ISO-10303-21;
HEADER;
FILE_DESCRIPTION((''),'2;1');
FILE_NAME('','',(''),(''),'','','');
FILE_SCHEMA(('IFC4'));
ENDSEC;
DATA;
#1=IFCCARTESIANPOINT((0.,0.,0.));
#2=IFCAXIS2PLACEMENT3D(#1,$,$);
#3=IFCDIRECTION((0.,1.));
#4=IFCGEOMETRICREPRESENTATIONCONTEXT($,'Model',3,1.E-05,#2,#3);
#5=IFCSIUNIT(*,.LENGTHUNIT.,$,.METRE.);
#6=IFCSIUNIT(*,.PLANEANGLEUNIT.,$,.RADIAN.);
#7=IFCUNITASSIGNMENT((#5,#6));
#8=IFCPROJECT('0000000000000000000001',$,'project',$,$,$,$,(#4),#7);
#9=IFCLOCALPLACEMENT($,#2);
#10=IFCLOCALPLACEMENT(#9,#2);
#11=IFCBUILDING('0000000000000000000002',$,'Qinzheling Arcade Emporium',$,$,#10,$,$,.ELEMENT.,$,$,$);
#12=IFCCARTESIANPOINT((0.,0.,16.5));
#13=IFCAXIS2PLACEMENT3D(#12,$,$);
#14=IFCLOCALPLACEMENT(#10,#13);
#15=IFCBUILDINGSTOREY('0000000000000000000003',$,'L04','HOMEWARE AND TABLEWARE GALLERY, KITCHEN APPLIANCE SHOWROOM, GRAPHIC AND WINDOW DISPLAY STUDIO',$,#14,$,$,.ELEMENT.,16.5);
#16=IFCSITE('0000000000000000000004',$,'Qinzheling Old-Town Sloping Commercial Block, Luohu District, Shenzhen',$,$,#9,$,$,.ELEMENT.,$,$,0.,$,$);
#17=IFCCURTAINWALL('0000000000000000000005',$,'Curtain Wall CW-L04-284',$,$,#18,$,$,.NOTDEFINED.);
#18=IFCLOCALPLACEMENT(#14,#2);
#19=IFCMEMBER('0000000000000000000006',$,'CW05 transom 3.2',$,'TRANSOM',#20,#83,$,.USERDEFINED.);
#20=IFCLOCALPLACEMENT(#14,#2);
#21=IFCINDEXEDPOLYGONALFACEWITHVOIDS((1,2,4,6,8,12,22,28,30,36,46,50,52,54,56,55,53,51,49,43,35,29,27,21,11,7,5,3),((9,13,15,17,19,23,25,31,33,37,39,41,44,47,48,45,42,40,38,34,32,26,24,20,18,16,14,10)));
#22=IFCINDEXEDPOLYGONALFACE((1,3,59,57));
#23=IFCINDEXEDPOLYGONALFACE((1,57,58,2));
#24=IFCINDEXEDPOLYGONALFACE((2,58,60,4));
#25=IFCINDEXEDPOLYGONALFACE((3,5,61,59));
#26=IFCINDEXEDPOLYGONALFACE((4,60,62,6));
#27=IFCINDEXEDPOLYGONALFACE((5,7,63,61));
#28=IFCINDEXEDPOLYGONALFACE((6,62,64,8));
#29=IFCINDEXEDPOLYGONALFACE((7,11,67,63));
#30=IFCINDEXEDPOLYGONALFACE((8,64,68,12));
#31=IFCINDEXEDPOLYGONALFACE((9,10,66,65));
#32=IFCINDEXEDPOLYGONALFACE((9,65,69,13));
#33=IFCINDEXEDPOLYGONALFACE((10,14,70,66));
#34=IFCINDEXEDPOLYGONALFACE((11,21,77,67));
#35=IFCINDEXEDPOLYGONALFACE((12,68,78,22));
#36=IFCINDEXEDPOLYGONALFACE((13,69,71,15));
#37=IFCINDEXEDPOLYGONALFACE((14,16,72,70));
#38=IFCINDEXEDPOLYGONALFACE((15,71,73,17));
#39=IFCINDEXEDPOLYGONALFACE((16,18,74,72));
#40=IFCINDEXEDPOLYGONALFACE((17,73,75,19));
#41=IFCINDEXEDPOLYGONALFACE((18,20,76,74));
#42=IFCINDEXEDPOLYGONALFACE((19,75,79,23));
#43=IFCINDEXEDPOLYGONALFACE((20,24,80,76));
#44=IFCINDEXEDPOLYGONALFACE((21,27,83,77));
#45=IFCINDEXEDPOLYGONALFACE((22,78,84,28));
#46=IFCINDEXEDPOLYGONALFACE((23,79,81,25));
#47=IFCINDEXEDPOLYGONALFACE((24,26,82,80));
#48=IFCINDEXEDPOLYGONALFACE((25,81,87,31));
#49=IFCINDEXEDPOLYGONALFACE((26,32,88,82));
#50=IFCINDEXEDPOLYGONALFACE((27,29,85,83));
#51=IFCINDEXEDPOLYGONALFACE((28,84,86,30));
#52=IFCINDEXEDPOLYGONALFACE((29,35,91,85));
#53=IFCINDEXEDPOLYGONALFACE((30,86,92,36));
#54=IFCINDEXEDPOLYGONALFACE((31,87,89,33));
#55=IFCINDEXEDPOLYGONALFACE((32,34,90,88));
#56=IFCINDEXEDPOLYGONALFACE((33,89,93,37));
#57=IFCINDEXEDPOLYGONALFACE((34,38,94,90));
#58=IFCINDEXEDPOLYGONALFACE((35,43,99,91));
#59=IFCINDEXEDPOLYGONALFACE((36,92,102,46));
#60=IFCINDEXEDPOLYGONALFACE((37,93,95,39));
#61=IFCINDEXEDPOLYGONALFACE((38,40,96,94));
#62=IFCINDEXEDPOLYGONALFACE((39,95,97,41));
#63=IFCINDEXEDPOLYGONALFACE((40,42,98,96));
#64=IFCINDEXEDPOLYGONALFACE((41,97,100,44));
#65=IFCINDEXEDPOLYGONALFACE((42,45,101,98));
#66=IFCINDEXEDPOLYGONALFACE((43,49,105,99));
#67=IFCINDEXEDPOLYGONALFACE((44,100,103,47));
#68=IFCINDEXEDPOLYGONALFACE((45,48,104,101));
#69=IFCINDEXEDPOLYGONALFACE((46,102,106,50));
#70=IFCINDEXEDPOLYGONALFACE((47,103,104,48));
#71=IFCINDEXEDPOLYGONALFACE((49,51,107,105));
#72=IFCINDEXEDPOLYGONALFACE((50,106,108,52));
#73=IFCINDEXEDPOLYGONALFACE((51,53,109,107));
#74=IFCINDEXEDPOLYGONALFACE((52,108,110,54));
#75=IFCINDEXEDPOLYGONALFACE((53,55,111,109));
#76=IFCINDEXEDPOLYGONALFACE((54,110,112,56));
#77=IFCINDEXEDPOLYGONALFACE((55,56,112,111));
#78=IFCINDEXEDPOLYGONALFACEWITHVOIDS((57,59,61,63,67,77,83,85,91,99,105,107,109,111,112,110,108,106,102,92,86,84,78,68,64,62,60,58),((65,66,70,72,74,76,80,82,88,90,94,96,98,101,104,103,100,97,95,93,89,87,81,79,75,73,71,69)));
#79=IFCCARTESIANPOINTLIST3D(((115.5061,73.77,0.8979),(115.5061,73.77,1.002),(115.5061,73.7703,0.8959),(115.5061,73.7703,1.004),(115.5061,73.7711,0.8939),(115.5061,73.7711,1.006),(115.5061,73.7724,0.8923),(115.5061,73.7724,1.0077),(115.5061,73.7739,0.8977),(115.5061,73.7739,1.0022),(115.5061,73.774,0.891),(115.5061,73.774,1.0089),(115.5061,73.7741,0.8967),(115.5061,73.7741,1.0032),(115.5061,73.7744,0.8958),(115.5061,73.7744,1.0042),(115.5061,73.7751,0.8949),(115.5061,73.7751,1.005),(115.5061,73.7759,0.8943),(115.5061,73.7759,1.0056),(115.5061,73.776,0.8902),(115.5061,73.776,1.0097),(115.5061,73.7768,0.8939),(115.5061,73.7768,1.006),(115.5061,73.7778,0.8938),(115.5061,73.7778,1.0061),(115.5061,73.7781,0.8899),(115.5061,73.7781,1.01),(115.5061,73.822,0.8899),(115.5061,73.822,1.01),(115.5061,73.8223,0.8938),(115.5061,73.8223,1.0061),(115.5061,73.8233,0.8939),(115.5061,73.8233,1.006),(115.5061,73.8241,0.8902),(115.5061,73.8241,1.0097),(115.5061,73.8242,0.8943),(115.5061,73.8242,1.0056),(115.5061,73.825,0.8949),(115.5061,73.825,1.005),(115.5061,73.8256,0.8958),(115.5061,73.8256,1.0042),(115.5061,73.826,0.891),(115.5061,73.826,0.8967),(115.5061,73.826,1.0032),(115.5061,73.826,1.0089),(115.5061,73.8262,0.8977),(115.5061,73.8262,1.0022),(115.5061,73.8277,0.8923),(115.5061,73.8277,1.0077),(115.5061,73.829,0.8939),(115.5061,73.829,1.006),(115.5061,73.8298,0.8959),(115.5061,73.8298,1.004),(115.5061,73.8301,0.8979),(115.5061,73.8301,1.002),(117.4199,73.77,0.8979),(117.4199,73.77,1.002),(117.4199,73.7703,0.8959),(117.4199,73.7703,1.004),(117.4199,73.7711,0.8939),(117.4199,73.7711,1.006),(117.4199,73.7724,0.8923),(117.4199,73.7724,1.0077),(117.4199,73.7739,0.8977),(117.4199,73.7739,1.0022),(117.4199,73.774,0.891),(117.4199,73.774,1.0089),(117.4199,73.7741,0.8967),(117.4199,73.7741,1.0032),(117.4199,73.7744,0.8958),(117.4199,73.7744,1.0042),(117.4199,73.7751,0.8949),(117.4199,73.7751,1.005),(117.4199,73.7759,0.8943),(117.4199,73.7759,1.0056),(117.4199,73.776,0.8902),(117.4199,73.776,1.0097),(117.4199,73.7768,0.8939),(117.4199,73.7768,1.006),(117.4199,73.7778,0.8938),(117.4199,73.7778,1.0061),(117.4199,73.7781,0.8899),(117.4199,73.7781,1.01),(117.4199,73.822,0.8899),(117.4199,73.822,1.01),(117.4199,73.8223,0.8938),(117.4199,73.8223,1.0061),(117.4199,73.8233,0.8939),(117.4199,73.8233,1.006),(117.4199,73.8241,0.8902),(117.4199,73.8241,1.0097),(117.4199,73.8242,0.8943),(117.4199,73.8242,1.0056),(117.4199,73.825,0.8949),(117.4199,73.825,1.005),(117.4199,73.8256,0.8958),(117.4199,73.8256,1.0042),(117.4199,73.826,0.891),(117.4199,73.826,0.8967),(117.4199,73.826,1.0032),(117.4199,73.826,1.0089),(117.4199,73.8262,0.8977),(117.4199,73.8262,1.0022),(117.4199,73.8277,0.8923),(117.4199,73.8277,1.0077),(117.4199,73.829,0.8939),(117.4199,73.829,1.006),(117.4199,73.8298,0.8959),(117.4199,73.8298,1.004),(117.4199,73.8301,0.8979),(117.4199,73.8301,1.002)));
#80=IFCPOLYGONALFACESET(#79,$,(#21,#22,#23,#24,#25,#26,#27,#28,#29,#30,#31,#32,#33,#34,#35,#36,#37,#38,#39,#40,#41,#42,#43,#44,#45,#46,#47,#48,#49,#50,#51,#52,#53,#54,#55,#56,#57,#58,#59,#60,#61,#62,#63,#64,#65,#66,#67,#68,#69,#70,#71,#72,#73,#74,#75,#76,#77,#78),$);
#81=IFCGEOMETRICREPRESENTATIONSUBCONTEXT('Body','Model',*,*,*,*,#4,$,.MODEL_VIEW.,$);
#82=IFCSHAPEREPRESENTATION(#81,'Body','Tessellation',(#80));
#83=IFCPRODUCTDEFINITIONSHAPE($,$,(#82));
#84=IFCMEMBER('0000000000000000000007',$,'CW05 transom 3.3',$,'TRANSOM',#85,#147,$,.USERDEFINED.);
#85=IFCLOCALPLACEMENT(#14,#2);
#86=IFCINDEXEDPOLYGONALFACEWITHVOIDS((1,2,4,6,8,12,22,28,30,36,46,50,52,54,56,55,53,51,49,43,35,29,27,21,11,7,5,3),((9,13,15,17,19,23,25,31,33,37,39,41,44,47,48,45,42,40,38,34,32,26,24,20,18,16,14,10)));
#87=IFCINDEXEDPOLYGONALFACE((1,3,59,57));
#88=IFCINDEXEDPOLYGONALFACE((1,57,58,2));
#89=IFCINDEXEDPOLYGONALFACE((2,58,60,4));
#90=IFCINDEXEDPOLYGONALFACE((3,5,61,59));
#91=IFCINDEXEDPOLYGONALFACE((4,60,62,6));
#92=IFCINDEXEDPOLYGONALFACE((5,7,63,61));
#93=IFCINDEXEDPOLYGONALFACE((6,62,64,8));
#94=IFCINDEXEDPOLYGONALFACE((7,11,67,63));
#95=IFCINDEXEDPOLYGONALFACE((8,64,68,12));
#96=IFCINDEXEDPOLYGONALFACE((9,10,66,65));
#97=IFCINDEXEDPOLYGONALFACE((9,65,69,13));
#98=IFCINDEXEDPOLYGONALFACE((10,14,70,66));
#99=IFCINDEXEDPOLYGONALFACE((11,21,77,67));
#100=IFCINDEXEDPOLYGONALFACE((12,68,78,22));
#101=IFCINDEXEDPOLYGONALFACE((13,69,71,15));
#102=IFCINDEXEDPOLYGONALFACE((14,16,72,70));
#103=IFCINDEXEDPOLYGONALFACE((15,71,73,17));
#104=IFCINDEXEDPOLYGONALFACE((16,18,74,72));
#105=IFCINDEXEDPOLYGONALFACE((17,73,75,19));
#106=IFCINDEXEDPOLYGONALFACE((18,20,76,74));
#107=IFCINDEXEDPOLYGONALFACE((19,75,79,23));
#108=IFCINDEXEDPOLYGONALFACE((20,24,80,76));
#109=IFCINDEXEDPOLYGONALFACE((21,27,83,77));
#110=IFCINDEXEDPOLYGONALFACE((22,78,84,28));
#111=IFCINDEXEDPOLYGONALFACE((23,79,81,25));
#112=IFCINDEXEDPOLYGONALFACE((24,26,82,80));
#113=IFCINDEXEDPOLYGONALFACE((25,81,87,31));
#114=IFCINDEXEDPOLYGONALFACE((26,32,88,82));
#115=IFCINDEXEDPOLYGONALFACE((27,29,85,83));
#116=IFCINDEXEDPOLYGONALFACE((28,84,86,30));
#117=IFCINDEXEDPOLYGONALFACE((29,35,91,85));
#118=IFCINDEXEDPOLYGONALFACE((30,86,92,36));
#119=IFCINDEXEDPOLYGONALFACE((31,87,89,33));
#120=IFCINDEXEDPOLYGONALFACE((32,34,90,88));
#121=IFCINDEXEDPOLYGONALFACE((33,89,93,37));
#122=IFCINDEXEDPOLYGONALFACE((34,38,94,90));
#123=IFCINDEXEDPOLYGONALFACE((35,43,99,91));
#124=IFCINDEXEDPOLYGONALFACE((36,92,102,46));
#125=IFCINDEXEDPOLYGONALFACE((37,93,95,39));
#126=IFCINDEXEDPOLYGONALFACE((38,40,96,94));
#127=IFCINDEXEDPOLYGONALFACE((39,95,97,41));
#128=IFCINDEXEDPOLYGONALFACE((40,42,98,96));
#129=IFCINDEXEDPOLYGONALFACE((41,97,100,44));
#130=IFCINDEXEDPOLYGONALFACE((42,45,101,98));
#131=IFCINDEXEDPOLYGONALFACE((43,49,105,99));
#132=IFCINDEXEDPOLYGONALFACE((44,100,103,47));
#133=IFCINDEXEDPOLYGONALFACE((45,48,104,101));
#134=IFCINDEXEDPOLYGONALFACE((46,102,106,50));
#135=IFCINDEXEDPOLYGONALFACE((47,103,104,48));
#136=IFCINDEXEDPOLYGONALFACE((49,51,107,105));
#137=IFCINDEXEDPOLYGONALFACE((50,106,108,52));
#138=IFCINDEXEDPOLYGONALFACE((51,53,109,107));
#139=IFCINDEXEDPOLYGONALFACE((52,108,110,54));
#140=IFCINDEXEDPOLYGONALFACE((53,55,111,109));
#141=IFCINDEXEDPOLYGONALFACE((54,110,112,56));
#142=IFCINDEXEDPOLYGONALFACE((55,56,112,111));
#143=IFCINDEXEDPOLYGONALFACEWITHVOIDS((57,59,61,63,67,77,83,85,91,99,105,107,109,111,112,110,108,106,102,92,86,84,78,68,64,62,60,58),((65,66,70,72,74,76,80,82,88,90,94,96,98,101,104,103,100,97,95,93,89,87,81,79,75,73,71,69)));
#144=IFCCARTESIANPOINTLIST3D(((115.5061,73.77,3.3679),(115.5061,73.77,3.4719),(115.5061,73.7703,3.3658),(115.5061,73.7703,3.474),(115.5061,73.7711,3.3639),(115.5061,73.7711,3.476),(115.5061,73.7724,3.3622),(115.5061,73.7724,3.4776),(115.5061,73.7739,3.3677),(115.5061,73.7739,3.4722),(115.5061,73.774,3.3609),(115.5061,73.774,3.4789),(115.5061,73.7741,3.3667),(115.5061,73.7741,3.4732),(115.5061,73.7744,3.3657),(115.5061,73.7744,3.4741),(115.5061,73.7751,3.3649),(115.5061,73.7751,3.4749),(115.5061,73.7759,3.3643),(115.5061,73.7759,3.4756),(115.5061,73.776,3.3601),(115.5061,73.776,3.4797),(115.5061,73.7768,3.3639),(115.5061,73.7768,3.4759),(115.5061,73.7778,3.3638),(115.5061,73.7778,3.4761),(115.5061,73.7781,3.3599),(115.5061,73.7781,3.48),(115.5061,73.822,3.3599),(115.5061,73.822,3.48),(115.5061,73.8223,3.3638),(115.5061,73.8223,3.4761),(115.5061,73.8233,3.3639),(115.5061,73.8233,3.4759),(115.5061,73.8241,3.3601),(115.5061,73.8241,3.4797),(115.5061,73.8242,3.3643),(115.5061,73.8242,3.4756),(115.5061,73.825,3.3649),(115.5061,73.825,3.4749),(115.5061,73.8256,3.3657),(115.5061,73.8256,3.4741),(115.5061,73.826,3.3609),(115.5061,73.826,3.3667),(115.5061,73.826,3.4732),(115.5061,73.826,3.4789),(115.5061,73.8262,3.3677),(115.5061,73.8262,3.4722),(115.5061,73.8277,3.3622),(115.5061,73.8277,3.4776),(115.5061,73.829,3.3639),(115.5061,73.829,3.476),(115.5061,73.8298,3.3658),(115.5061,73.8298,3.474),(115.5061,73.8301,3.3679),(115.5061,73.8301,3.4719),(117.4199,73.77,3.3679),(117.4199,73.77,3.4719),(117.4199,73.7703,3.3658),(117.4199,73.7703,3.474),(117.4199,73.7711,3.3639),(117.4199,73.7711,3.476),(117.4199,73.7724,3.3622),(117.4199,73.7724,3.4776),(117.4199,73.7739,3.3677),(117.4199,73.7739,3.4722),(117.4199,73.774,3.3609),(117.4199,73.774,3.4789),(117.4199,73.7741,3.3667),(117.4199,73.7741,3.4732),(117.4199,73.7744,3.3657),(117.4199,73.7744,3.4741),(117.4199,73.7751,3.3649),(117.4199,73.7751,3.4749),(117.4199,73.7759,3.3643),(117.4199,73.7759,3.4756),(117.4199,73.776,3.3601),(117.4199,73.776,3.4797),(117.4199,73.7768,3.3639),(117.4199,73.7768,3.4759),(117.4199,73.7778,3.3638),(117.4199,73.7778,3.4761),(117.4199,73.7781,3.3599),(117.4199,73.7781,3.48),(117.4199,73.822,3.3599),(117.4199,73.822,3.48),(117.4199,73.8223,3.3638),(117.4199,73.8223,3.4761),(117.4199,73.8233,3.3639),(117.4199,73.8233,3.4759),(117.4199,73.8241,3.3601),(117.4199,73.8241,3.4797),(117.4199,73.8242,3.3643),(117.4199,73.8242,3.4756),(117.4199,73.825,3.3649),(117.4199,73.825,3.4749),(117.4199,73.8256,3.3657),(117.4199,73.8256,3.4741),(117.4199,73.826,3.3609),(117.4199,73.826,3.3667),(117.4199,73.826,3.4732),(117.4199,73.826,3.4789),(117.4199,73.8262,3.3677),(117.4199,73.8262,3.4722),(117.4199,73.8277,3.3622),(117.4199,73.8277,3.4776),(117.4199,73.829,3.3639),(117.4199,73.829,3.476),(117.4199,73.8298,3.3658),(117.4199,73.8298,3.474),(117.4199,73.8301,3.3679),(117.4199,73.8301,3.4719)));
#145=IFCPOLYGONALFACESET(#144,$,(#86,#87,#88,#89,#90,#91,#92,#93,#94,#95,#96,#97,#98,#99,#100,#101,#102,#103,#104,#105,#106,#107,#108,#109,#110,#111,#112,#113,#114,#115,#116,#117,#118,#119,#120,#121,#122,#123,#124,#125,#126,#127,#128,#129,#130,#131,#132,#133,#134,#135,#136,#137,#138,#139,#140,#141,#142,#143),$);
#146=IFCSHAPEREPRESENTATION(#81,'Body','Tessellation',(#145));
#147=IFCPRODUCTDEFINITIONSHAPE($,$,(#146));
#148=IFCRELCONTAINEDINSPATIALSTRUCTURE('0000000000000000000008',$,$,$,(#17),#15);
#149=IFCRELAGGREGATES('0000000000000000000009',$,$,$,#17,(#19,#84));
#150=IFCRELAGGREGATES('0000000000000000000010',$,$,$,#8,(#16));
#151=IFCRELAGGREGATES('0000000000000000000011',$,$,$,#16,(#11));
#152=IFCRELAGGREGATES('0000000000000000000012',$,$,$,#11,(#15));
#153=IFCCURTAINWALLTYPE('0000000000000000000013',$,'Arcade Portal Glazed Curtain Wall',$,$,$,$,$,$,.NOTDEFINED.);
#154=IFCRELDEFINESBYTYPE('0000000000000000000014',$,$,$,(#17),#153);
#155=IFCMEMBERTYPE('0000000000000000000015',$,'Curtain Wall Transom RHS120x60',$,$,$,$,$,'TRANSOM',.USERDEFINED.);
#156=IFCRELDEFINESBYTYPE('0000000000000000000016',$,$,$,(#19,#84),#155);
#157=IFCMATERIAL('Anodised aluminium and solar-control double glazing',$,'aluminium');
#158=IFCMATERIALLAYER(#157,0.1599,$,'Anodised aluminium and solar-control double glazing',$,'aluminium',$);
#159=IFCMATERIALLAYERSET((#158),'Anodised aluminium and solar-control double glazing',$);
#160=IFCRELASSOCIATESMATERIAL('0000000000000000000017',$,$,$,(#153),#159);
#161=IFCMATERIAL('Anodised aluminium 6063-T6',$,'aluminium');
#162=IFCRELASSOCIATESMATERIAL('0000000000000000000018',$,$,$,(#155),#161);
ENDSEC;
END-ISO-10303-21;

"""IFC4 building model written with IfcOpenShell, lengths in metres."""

from ifc_helpers import new_model, si_unit, direction, frame, origin, origin_2d, place, context, subcontext, project, spatial, hollow_rectangle, extrude, material, layer, layer_set, material_profile, profile_set, type_object, element, aggregate, save


model = new_model("IFC4")

# Units and contexts
model_context = context("Model", 3, precision=1e-05, world=origin(), true_north=direction((0.0, 1.0)))
body_context = subcontext(model_context, "Body", "Model", "MODEL_VIEW")
ifc_project = project(units=[si_unit("LENGTHUNIT", "METRE"), si_unit("PLANEANGLEUNIT", "RADIAN")], contexts=[model_context])

# Site, building, storey
site_placement = place(None, origin())
site = spatial("IfcSite", under=ifc_project, at=site_placement, Name="Qinzheling Old-Town Sloping Commercial Block, Luohu District, Shenzhen", CompositionType="ELEMENT", RefElevation=0.0)
building_placement = place(site_placement, origin())
building = spatial("IfcBuilding", under=site, at=building_placement, Name="Qinzheling Arcade Emporium", CompositionType="ELEMENT")
storey_placement = place(building_placement, frame((0.0, 0.0, 16.5)))
storey = spatial("IfcBuildingStorey", under=building, at=storey_placement, Name="L04", Description="HOMEWARE AND TABLEWARE GALLERY, KITCHEN APPLIANCE SHOWROOM, GRAPHIC AND WINDOW DISPLAY STUDIO", CompositionType="ELEMENT", Elevation=16.5)

# Curtain wall, members
ifc_material_1 = material(Name="Anodised aluminium and solar-control double glazing", Category="aluminium")
ifc_layer_1 = layer(ifc_material_1, 0.1599, Name="Anodised aluminium and solar-control double glazing", Category="aluminium")
ifc_layer_set_1 = layer_set([ifc_layer_1], Name="Anodised aluminium and solar-control double glazing")
curtain_wall_type = type_object("IfcCurtainWallType", Name="Arcade Portal Glazed Curtain Wall", PredefinedType="NOTDEFINED", material=ifc_layer_set_1)
curtain_wall_placement = place(storey_placement, origin())
curtain_wall = element("IfcCurtainWall", 1, at=curtain_wall_placement, inside=storey, type_object=curtain_wall_type, Name="Curtain Wall CW-L04-284", PredefinedType="NOTDEFINED")
ifc_material_2 = material(Name="Anodised aluminium 6063-T6", Category="aluminium")
ifc_material_profile_1 = material_profile(ifc_material_2, hollow_rectangle(XDim=0.0601, YDim=0.1201, WallThickness=0.0039, InnerFilletRadius=0.0039, OuterFilletRadius=0.0081, at=origin_2d()), Name="RHS 120x60x4", Category="aluminium")
ifc_profile_set_1 = profile_set([ifc_material_profile_1], Name="Anodised aluminium 6063-T6")
member_type_1 = type_object("IfcMemberType", Name="Curtain Wall Transom RHS120x60", ElementType="TRANSOM", PredefinedType="USERDEFINED", material=ifc_profile_set_1)
member_1_placement = place(storey_placement, frame((117.4199, 73.8, 0.95), z_axis=(-1.0, 0.0, 0.0), x_axis=(0.0, -1.0, 0.0)))
member_1 = element("IfcMember", 2, at=member_1_placement, type_object=member_type_1, Name="CW05 transom 3.2", ObjectType="TRANSOM", PredefinedType="USERDEFINED", context=body_context, shape_type="SweptSolid", body=[
    extrude(hollow_rectangle(XDim=0.0601, YDim=0.1201, WallThickness=0.0039, InnerFilletRadius=0.0039, OuterFilletRadius=0.0081, at=origin_2d()), origin(), (0.0, 0.0, 1.0), 1.9138),
])
member_2_placement = place(storey_placement, frame((117.4199, 73.8, 3.4199), z_axis=(-1.0, 0.0, 0.0), x_axis=(0.0, -1.0, 0.0)))
member_2 = element("IfcMember", 3, at=member_2_placement, type_object=member_type_1, Name="CW05 transom 3.3", ObjectType="TRANSOM", PredefinedType="USERDEFINED", context=body_context, shape_type="SweptSolid", body=[
    extrude(hollow_rectangle(XDim=0.0601, YDim=0.1201, WallThickness=0.0039, InnerFilletRadius=0.0039, OuterFilletRadius=0.0081, at=origin_2d()), origin(), (0.0, 0.0, 1.0), 1.9138),
])

aggregate(curtain_wall, [member_1, member_2])

save(model, "model.ifc")
